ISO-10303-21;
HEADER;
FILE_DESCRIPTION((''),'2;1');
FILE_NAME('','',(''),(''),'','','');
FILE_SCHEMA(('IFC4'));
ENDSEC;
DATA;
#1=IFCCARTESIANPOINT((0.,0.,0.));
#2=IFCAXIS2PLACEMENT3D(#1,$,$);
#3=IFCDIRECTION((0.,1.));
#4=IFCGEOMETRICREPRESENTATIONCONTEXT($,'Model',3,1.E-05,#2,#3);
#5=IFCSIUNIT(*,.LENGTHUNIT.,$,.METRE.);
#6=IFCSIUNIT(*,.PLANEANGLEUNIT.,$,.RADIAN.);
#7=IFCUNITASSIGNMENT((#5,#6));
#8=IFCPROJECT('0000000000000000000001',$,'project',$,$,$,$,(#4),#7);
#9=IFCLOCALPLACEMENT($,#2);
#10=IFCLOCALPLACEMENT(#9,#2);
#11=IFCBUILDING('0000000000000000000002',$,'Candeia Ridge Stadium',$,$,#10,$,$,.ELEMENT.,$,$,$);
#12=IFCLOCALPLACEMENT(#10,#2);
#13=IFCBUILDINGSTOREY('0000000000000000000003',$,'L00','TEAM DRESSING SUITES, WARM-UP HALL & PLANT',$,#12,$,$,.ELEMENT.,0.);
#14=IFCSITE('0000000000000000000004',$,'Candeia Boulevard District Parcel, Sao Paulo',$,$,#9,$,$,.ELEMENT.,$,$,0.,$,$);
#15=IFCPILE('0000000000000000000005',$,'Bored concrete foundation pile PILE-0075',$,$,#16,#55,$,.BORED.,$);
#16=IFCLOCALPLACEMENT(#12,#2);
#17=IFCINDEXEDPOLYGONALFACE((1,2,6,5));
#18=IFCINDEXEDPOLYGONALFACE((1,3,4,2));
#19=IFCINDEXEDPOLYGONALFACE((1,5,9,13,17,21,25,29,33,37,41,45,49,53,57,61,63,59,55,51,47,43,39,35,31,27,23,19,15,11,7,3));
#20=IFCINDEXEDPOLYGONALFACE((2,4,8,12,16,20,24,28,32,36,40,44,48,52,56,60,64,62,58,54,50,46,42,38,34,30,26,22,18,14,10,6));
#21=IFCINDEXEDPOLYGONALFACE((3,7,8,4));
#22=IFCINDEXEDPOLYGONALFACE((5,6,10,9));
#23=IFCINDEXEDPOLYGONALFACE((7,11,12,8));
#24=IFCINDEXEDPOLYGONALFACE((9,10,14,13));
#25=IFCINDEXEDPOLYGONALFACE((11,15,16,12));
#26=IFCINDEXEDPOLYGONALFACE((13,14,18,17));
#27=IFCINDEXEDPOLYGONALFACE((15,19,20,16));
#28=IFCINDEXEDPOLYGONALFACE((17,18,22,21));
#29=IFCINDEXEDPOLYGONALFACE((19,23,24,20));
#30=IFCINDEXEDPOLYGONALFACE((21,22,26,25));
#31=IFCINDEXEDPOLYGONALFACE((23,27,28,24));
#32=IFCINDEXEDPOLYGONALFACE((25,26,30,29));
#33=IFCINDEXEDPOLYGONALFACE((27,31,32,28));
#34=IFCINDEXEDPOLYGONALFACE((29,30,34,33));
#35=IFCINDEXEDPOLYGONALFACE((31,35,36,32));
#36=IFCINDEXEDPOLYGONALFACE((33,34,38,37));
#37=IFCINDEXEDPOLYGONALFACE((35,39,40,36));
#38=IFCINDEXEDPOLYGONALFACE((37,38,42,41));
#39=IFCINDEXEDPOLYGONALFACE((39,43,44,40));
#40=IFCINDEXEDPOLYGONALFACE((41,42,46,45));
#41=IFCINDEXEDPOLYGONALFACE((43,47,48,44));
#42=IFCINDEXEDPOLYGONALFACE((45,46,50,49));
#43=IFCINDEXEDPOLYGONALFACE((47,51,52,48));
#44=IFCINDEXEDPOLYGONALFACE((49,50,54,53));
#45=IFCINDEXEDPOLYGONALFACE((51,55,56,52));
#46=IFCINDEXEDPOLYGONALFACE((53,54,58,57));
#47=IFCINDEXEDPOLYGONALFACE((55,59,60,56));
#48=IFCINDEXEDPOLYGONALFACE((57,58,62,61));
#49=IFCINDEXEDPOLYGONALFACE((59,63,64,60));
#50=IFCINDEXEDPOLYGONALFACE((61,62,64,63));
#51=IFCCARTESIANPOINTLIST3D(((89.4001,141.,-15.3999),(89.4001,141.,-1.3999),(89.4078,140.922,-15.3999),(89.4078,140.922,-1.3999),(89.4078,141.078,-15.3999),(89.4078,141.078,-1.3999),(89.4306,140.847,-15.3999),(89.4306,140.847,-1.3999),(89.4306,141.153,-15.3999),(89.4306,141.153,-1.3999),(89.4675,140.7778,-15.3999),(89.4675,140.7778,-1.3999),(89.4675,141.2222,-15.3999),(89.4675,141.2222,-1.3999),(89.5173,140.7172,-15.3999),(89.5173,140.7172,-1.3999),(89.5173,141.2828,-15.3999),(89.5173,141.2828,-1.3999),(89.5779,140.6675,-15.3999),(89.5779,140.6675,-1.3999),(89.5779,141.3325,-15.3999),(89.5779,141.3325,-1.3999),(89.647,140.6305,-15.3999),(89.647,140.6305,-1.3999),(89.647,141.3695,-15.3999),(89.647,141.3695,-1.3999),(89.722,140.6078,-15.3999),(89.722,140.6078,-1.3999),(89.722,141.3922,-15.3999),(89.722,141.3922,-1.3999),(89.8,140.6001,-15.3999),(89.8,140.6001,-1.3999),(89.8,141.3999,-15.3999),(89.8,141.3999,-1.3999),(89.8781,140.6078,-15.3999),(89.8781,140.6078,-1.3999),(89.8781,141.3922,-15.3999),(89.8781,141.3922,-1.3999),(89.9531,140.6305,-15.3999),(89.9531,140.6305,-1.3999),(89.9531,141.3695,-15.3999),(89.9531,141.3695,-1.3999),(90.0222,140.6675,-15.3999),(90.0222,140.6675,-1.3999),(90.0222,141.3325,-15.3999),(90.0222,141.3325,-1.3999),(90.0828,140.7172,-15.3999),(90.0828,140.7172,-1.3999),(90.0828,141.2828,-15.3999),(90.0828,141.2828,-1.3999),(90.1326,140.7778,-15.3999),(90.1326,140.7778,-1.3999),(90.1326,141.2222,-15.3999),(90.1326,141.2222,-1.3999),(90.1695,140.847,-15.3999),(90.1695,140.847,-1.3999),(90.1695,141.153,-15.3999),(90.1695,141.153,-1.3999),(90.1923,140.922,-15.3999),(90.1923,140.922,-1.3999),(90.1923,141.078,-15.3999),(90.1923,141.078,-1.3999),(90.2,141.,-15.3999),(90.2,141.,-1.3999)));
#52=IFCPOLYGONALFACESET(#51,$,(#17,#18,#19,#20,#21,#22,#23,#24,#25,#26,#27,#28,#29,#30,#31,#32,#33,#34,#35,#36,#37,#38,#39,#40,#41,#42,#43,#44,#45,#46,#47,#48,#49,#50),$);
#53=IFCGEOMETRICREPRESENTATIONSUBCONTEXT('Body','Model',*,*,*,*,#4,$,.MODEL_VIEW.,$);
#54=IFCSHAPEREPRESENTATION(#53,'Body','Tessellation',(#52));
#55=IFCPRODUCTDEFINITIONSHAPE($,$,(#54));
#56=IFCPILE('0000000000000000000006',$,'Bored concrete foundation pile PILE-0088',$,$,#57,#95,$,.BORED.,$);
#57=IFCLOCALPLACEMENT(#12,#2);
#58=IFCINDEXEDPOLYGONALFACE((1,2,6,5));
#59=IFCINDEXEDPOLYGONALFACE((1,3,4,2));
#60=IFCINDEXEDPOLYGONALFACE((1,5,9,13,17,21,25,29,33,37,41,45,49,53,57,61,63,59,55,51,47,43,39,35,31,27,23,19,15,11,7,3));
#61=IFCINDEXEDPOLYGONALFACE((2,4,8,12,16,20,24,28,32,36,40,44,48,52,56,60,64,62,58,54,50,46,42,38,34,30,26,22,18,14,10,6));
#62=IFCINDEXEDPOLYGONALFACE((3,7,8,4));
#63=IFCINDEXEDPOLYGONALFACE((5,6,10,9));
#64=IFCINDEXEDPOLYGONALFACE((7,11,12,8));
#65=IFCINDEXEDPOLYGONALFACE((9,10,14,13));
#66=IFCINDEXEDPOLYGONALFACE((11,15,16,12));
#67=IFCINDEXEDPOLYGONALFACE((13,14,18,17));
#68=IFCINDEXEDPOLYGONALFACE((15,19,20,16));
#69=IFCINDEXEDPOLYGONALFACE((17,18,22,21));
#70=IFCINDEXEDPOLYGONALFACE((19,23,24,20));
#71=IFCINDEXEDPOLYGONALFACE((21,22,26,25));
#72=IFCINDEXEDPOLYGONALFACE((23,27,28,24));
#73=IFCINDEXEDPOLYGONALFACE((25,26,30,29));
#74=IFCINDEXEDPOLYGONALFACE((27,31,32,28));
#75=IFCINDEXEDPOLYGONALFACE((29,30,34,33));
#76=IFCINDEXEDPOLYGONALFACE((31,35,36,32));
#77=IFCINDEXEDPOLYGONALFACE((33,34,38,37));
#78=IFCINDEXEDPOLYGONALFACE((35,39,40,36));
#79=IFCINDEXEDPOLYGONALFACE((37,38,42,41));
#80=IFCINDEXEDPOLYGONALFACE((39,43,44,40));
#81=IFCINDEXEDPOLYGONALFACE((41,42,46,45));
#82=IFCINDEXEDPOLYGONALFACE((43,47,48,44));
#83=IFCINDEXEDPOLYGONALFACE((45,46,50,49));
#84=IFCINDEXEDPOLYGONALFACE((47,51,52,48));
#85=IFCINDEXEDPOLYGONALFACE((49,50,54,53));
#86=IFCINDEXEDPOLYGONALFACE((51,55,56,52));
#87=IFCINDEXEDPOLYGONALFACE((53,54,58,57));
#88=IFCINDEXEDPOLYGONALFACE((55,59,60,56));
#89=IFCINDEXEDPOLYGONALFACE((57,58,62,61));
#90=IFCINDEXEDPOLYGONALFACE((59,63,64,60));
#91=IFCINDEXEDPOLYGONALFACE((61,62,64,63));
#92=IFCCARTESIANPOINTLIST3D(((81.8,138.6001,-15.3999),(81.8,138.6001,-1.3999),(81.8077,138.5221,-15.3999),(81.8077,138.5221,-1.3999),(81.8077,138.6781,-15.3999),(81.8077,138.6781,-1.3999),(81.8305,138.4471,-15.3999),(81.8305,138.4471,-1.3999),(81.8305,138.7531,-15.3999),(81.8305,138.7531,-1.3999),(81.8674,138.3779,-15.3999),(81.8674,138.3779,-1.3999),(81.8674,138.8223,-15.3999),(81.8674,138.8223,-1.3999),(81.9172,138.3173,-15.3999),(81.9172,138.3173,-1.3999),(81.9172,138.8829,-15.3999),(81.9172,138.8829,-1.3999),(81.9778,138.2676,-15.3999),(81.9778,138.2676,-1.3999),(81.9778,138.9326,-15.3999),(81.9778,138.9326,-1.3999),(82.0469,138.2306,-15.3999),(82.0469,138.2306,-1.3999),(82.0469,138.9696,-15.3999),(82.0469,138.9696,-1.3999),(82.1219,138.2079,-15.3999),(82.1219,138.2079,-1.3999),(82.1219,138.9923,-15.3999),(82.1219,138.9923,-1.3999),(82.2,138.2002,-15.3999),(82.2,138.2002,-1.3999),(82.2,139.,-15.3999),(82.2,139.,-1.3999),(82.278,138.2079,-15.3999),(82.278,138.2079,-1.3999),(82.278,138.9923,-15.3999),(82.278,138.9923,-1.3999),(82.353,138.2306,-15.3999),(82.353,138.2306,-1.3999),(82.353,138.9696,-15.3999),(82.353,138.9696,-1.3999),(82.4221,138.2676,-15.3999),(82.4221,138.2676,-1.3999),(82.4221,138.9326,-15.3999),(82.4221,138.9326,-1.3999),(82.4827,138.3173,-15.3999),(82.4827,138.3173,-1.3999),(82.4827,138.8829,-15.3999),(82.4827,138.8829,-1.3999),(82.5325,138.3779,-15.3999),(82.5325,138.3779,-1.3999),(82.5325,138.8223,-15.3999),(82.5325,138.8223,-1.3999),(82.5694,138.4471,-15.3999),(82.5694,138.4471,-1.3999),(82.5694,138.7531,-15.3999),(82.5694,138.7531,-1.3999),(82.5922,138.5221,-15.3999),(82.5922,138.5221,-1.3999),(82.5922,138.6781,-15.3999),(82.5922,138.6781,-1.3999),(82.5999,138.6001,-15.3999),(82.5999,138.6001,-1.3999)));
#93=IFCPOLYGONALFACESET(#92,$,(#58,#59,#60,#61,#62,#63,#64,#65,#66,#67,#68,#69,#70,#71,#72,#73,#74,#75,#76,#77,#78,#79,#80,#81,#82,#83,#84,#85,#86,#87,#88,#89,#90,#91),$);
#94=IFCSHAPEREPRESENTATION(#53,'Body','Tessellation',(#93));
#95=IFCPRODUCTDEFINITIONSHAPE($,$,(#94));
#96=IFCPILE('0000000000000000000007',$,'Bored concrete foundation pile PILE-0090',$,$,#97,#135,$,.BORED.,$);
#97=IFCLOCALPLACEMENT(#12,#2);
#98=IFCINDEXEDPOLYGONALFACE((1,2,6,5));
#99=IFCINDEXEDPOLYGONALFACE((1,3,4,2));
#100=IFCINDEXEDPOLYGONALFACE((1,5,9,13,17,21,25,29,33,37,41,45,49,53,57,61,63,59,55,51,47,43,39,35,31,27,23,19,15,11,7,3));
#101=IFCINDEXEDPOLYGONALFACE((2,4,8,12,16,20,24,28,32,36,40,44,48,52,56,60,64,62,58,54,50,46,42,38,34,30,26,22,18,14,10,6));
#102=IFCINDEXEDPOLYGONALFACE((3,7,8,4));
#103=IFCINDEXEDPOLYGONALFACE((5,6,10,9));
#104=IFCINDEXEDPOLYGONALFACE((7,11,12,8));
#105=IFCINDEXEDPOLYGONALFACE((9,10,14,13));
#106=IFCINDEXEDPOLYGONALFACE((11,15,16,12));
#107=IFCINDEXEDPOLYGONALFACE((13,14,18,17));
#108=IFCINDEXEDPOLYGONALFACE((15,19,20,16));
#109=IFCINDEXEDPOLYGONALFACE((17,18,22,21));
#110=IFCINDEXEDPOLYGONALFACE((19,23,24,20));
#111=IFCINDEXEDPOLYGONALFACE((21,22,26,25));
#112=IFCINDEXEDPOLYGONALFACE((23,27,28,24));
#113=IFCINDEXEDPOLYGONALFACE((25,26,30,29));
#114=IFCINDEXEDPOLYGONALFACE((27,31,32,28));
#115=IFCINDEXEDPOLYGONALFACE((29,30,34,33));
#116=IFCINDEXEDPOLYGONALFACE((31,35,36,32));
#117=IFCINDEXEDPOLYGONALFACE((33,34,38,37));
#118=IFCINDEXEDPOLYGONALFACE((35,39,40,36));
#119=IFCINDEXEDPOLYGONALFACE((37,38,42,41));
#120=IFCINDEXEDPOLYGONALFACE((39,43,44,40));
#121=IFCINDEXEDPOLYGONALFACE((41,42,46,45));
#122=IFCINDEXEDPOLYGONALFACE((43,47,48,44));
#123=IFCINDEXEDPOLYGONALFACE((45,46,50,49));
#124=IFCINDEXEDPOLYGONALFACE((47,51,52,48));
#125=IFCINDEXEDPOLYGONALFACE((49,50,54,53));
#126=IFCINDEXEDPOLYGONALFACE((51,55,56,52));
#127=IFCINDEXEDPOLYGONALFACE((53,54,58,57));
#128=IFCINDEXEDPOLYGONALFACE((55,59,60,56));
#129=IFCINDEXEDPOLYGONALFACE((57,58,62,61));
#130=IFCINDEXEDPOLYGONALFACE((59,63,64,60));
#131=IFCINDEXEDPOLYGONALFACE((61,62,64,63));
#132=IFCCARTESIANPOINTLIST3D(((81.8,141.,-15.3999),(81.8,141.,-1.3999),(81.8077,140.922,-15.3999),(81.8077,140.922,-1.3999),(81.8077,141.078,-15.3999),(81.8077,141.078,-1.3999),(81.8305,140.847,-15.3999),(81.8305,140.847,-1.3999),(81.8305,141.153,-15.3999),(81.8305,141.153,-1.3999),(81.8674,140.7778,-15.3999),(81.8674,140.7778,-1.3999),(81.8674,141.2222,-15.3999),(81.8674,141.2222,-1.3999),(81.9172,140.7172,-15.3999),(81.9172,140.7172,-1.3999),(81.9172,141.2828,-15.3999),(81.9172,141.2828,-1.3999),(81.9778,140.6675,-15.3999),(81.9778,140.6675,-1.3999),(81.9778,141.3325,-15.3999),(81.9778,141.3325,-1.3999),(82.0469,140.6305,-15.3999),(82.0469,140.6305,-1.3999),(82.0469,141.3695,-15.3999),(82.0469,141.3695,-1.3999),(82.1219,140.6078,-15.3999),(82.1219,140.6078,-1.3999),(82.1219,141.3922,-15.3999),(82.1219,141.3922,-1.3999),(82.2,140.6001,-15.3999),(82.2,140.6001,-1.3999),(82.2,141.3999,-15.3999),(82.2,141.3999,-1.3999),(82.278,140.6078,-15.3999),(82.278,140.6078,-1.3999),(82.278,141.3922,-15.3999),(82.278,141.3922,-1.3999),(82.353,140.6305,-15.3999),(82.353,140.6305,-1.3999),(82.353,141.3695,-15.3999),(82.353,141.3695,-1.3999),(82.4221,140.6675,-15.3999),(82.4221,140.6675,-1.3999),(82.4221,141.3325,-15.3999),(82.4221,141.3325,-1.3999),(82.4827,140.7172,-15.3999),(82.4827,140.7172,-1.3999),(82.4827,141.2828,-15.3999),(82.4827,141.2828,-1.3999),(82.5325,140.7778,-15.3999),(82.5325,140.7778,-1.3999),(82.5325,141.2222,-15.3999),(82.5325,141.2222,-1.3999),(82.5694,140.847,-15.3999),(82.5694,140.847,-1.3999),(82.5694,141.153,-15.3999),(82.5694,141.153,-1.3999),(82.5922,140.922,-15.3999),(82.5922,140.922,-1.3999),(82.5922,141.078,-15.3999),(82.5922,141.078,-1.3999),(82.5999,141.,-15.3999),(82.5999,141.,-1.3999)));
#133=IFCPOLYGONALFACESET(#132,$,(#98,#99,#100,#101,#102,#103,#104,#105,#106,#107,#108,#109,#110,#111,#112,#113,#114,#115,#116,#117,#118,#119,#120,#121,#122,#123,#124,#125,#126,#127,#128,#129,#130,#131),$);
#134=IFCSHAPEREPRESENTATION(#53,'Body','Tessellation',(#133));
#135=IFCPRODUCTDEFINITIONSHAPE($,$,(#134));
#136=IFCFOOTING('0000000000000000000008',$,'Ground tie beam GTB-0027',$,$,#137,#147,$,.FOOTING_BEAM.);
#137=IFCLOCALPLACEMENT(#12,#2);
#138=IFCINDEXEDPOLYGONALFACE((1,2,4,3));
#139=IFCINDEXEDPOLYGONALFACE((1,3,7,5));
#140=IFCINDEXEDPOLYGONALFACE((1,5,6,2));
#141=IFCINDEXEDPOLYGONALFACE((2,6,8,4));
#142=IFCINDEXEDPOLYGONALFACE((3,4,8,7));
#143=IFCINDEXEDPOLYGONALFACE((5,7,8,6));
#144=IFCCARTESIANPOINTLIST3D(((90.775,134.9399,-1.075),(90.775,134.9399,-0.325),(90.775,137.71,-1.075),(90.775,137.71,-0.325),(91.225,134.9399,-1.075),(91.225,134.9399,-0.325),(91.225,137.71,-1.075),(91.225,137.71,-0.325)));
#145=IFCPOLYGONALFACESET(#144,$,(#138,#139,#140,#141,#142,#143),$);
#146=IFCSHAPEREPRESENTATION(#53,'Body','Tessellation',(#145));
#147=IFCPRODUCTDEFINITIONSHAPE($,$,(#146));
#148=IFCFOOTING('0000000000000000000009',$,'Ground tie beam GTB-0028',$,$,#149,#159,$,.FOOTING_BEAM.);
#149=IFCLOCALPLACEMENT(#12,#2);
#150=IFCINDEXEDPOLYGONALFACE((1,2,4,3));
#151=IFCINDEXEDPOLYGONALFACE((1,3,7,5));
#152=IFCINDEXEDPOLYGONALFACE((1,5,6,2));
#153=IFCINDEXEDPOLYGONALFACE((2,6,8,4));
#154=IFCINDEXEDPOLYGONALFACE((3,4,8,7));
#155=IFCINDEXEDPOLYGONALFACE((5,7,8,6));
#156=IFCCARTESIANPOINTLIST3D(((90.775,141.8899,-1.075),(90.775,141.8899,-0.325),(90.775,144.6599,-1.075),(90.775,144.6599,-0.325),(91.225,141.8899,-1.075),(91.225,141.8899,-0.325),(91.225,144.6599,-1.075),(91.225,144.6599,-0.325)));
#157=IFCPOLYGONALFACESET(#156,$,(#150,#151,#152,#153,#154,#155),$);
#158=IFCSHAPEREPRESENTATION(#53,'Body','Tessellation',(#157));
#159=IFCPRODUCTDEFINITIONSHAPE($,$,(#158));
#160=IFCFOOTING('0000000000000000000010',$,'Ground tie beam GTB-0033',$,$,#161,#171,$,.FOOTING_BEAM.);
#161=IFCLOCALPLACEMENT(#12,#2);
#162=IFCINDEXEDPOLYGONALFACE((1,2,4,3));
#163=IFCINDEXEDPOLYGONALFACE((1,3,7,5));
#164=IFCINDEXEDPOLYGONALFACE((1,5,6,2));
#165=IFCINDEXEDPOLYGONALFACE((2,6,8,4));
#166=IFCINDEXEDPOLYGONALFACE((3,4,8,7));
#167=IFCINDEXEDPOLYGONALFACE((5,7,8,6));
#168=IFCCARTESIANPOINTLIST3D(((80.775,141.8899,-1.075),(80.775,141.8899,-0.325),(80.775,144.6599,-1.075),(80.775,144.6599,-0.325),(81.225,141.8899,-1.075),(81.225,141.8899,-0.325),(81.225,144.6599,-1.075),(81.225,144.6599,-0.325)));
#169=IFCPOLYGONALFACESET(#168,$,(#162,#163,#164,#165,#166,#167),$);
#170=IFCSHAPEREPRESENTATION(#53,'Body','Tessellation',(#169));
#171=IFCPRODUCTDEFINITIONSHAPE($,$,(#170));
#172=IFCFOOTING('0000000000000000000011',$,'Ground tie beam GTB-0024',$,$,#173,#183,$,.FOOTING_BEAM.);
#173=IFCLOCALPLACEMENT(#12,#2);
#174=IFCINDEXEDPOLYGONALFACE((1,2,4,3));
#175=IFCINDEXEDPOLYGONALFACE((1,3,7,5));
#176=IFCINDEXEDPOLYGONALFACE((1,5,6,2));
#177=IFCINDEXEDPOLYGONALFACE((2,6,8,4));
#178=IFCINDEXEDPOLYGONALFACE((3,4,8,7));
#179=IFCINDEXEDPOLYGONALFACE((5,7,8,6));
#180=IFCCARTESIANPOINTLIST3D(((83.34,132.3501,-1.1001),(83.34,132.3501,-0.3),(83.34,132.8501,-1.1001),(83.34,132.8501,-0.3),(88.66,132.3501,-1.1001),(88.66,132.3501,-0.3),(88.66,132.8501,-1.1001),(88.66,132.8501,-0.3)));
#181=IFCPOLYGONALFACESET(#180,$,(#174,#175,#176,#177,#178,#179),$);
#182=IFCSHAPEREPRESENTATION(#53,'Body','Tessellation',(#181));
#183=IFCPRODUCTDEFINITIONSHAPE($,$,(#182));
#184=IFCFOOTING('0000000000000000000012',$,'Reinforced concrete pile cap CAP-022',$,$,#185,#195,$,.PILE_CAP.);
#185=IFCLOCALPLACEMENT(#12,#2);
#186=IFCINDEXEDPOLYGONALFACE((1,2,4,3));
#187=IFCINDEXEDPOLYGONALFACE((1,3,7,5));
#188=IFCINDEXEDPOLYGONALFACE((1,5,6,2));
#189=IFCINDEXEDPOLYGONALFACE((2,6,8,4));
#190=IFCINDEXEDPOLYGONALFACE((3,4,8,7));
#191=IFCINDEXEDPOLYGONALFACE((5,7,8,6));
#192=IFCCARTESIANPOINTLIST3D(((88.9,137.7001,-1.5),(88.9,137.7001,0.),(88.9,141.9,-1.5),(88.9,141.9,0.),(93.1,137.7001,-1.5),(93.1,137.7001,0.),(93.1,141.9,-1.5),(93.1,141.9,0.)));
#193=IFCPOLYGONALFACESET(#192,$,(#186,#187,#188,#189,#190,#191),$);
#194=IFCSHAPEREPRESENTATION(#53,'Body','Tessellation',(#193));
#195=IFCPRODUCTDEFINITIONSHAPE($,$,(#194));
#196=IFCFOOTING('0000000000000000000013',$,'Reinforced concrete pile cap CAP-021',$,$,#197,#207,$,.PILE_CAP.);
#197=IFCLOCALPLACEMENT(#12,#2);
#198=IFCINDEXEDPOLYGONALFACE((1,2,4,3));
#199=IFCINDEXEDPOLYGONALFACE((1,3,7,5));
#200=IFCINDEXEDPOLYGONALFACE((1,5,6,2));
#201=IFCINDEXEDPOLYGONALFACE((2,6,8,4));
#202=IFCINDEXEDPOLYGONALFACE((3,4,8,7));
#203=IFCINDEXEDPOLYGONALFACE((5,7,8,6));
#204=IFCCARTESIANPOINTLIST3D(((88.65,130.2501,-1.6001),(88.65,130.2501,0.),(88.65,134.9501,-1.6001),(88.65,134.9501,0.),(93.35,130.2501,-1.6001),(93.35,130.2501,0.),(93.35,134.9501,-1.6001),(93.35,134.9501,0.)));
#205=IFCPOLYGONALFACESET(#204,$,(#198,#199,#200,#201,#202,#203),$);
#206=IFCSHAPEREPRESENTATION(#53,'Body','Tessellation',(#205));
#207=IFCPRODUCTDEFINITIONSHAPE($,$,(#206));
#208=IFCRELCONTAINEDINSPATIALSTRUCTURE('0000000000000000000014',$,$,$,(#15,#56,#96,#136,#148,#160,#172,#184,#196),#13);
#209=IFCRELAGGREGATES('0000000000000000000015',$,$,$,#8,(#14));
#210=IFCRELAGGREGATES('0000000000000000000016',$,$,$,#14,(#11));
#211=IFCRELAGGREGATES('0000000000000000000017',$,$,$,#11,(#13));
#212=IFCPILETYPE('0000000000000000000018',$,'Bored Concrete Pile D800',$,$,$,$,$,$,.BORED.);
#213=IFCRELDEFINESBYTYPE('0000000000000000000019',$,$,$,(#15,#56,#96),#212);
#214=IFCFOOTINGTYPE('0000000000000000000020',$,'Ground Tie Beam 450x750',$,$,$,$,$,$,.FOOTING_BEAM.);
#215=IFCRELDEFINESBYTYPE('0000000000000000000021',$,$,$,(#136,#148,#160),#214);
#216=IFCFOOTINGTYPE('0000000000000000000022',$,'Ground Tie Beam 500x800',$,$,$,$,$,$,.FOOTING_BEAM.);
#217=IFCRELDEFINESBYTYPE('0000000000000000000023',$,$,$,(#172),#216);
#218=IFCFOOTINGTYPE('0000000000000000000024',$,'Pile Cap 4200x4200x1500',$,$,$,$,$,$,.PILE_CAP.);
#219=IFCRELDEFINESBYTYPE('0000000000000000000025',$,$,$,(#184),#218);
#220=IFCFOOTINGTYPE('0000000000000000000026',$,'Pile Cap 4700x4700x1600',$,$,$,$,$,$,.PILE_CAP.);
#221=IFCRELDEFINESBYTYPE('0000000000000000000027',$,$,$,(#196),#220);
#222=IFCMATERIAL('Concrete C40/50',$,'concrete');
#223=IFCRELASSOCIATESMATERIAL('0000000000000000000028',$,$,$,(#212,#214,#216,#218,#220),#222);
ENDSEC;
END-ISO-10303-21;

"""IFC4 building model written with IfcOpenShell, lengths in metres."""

from ifc_helpers import new_model, si_unit, direction, frame, origin, origin_2d, place, context, subcontext, project, spatial, rectangle, circle, extrude, material, material_profile, profile_set, type_object, element, save


model = new_model("IFC4")

# Units and contexts
model_context = context("Model", 3, precision=1e-05, world=origin(), true_north=direction((0.0, 1.0)))
body_context = subcontext(model_context, "Body", "Model", "MODEL_VIEW")
ifc_project = project(units=[si_unit("LENGTHUNIT", "METRE"), si_unit("PLANEANGLEUNIT", "RADIAN")], contexts=[model_context])

# Site, building, storey
site_placement = place(None, origin())
site = spatial("IfcSite", under=ifc_project, at=site_placement, Name="Candeia Boulevard District Parcel, Sao Paulo", CompositionType="ELEMENT", RefElevation=0.0)
building_placement = place(site_placement, origin())
building = spatial("IfcBuilding", under=site, at=building_placement, Name="Candeia Ridge Stadium", CompositionType="ELEMENT")
storey_placement = place(building_placement, origin())
storey = spatial("IfcBuildingStorey", under=building, at=storey_placement, Name="L00", Description="TEAM DRESSING SUITES, WARM-UP HALL & PLANT", CompositionType="ELEMENT", Elevation=0.0)

# Piles
ifc_material_1 = material(Name="Concrete C40/50", Category="concrete")
ifc_material_profile_1 = material_profile(ifc_material_1, circle(Radius=0.3999, at=origin_2d()), Name="PILE-D800", Category="concrete")
ifc_profile_set_1 = profile_set([ifc_material_profile_1], Name="Concrete C40/50")
pile_type_1 = type_object("IfcPileType", Name="Bored Concrete Pile D800", PredefinedType="BORED", material=ifc_profile_set_1)
for number, where, z_axis, x_axis, name in (
    (1, (89.8, 141.0, -1.3999), (0.0, 0.0, -1.0), (1.0, 0.0, 0.0), "Bored concrete foundation pile PILE-0075"),
    (2, (82.2, 138.6001, -1.3999), (0.0, 0.0, -1.0), (1.0, 0.0, 0.0), "Bored concrete foundation pile PILE-0088"),
    (3, (82.2, 141.0, -1.3999), (0.0, 0.0, -1.0), (1.0, 0.0, 0.0), "Bored concrete foundation pile PILE-0090"),
):
    element("IfcPile", number, at=place(storey_placement, frame(where, z_axis=z_axis, x_axis=x_axis)), inside=storey, type_object=pile_type_1, Name=name, PredefinedType="BORED", context=body_context, shape_type="SweptSolid", body=[
        extrude(circle(Radius=0.3999, at=origin_2d()), origin(), (0.0, 0.0, 1.0), 14.0),
    ])

# Footings
footing_type_1 = type_object("IfcFootingType", Name="Ground Tie Beam 450x750", PredefinedType="FOOTING_BEAM", material=ifc_material_1)
for number, where, z_axis, x_axis, name in (
    (4, (91.0, 136.325, -1.075), (0.0, 0.0, 1.0), (0.0, 1.0, 0.0), "Ground tie beam GTB-0027"),
    (5, (91.0, 143.2749, -1.075), (0.0, 0.0, 1.0), (0.0, 1.0, 0.0), "Ground tie beam GTB-0028"),
    (6, (81.0, 143.2749, -1.075), (0.0, 0.0, 1.0), (0.0, 1.0, 0.0), "Ground tie beam GTB-0033"),
):
    element("IfcFooting", number, at=place(storey_placement, frame(where, z_axis=z_axis, x_axis=x_axis)), inside=storey, type_object=footing_type_1, Name=name, PredefinedType="FOOTING_BEAM", context=body_context, shape_type="SweptSolid", body=[
        extrude(rectangle(XDim=2.77, YDim=0.45, at=origin_2d()), origin(), (0.0, 0.0, 1.0), 0.75),
    ])
footing_type_2 = type_object("IfcFootingType", Name="Ground Tie Beam 500x800", PredefinedType="FOOTING_BEAM", material=ifc_material_1)
footing_1_placement = place(storey_placement, frame((86.0, 132.6001, -1.1001), z_axis=(0.0, 0.0, 1.0), x_axis=(-1.0, 0.0, 0.0)))
element("IfcFooting", 7, at=footing_1_placement, inside=storey, type_object=footing_type_2, Name="Ground tie beam GTB-0024", PredefinedType="FOOTING_BEAM", context=body_context, shape_type="SweptSolid", body=[
    extrude(rectangle(XDim=5.3201, YDim=0.5, at=origin_2d()), origin(), (0.0, 0.0, 1.0), 0.8),
])
footing_type_3 = type_object("IfcFootingType", Name="Pile Cap 4200x4200x1500", PredefinedType="PILE_CAP", material=ifc_material_1)
footing_2_placement = place(storey_placement, frame((91.0, 139.8, -1.5), z_axis=(0.0, 0.0, 1.0), x_axis=(1.0, 0.0, 0.0)))
element("IfcFooting", 8, at=footing_2_placement, inside=storey, type_object=footing_type_3, Name="Reinforced concrete pile cap CAP-022", PredefinedType="PILE_CAP", context=body_context, shape_type="SweptSolid", body=[
    extrude(rectangle(XDim=4.2, YDim=4.2, at=origin_2d()), origin(), (0.0, 0.0, 1.0), 1.5),
])
footing_type_4 = type_object("IfcFootingType", Name="Pile Cap 4700x4700x1600", PredefinedType="PILE_CAP", material=ifc_material_1)
footing_3_placement = place(storey_placement, frame((91.0, 132.6001, -1.6001), z_axis=(0.0, 0.0, 1.0), x_axis=(1.0, 0.0, 0.0)))
element("IfcFooting", 9, at=footing_3_placement, inside=storey, type_object=footing_type_4, Name="Reinforced concrete pile cap CAP-021", PredefinedType="PILE_CAP", context=body_context, shape_type="SweptSolid", body=[
    extrude(rectangle(XDim=4.7, YDim=4.7, at=origin_2d()), origin(), (0.0, 0.0, 1.0), 1.6001),
])

save(model, "model.ifc")
